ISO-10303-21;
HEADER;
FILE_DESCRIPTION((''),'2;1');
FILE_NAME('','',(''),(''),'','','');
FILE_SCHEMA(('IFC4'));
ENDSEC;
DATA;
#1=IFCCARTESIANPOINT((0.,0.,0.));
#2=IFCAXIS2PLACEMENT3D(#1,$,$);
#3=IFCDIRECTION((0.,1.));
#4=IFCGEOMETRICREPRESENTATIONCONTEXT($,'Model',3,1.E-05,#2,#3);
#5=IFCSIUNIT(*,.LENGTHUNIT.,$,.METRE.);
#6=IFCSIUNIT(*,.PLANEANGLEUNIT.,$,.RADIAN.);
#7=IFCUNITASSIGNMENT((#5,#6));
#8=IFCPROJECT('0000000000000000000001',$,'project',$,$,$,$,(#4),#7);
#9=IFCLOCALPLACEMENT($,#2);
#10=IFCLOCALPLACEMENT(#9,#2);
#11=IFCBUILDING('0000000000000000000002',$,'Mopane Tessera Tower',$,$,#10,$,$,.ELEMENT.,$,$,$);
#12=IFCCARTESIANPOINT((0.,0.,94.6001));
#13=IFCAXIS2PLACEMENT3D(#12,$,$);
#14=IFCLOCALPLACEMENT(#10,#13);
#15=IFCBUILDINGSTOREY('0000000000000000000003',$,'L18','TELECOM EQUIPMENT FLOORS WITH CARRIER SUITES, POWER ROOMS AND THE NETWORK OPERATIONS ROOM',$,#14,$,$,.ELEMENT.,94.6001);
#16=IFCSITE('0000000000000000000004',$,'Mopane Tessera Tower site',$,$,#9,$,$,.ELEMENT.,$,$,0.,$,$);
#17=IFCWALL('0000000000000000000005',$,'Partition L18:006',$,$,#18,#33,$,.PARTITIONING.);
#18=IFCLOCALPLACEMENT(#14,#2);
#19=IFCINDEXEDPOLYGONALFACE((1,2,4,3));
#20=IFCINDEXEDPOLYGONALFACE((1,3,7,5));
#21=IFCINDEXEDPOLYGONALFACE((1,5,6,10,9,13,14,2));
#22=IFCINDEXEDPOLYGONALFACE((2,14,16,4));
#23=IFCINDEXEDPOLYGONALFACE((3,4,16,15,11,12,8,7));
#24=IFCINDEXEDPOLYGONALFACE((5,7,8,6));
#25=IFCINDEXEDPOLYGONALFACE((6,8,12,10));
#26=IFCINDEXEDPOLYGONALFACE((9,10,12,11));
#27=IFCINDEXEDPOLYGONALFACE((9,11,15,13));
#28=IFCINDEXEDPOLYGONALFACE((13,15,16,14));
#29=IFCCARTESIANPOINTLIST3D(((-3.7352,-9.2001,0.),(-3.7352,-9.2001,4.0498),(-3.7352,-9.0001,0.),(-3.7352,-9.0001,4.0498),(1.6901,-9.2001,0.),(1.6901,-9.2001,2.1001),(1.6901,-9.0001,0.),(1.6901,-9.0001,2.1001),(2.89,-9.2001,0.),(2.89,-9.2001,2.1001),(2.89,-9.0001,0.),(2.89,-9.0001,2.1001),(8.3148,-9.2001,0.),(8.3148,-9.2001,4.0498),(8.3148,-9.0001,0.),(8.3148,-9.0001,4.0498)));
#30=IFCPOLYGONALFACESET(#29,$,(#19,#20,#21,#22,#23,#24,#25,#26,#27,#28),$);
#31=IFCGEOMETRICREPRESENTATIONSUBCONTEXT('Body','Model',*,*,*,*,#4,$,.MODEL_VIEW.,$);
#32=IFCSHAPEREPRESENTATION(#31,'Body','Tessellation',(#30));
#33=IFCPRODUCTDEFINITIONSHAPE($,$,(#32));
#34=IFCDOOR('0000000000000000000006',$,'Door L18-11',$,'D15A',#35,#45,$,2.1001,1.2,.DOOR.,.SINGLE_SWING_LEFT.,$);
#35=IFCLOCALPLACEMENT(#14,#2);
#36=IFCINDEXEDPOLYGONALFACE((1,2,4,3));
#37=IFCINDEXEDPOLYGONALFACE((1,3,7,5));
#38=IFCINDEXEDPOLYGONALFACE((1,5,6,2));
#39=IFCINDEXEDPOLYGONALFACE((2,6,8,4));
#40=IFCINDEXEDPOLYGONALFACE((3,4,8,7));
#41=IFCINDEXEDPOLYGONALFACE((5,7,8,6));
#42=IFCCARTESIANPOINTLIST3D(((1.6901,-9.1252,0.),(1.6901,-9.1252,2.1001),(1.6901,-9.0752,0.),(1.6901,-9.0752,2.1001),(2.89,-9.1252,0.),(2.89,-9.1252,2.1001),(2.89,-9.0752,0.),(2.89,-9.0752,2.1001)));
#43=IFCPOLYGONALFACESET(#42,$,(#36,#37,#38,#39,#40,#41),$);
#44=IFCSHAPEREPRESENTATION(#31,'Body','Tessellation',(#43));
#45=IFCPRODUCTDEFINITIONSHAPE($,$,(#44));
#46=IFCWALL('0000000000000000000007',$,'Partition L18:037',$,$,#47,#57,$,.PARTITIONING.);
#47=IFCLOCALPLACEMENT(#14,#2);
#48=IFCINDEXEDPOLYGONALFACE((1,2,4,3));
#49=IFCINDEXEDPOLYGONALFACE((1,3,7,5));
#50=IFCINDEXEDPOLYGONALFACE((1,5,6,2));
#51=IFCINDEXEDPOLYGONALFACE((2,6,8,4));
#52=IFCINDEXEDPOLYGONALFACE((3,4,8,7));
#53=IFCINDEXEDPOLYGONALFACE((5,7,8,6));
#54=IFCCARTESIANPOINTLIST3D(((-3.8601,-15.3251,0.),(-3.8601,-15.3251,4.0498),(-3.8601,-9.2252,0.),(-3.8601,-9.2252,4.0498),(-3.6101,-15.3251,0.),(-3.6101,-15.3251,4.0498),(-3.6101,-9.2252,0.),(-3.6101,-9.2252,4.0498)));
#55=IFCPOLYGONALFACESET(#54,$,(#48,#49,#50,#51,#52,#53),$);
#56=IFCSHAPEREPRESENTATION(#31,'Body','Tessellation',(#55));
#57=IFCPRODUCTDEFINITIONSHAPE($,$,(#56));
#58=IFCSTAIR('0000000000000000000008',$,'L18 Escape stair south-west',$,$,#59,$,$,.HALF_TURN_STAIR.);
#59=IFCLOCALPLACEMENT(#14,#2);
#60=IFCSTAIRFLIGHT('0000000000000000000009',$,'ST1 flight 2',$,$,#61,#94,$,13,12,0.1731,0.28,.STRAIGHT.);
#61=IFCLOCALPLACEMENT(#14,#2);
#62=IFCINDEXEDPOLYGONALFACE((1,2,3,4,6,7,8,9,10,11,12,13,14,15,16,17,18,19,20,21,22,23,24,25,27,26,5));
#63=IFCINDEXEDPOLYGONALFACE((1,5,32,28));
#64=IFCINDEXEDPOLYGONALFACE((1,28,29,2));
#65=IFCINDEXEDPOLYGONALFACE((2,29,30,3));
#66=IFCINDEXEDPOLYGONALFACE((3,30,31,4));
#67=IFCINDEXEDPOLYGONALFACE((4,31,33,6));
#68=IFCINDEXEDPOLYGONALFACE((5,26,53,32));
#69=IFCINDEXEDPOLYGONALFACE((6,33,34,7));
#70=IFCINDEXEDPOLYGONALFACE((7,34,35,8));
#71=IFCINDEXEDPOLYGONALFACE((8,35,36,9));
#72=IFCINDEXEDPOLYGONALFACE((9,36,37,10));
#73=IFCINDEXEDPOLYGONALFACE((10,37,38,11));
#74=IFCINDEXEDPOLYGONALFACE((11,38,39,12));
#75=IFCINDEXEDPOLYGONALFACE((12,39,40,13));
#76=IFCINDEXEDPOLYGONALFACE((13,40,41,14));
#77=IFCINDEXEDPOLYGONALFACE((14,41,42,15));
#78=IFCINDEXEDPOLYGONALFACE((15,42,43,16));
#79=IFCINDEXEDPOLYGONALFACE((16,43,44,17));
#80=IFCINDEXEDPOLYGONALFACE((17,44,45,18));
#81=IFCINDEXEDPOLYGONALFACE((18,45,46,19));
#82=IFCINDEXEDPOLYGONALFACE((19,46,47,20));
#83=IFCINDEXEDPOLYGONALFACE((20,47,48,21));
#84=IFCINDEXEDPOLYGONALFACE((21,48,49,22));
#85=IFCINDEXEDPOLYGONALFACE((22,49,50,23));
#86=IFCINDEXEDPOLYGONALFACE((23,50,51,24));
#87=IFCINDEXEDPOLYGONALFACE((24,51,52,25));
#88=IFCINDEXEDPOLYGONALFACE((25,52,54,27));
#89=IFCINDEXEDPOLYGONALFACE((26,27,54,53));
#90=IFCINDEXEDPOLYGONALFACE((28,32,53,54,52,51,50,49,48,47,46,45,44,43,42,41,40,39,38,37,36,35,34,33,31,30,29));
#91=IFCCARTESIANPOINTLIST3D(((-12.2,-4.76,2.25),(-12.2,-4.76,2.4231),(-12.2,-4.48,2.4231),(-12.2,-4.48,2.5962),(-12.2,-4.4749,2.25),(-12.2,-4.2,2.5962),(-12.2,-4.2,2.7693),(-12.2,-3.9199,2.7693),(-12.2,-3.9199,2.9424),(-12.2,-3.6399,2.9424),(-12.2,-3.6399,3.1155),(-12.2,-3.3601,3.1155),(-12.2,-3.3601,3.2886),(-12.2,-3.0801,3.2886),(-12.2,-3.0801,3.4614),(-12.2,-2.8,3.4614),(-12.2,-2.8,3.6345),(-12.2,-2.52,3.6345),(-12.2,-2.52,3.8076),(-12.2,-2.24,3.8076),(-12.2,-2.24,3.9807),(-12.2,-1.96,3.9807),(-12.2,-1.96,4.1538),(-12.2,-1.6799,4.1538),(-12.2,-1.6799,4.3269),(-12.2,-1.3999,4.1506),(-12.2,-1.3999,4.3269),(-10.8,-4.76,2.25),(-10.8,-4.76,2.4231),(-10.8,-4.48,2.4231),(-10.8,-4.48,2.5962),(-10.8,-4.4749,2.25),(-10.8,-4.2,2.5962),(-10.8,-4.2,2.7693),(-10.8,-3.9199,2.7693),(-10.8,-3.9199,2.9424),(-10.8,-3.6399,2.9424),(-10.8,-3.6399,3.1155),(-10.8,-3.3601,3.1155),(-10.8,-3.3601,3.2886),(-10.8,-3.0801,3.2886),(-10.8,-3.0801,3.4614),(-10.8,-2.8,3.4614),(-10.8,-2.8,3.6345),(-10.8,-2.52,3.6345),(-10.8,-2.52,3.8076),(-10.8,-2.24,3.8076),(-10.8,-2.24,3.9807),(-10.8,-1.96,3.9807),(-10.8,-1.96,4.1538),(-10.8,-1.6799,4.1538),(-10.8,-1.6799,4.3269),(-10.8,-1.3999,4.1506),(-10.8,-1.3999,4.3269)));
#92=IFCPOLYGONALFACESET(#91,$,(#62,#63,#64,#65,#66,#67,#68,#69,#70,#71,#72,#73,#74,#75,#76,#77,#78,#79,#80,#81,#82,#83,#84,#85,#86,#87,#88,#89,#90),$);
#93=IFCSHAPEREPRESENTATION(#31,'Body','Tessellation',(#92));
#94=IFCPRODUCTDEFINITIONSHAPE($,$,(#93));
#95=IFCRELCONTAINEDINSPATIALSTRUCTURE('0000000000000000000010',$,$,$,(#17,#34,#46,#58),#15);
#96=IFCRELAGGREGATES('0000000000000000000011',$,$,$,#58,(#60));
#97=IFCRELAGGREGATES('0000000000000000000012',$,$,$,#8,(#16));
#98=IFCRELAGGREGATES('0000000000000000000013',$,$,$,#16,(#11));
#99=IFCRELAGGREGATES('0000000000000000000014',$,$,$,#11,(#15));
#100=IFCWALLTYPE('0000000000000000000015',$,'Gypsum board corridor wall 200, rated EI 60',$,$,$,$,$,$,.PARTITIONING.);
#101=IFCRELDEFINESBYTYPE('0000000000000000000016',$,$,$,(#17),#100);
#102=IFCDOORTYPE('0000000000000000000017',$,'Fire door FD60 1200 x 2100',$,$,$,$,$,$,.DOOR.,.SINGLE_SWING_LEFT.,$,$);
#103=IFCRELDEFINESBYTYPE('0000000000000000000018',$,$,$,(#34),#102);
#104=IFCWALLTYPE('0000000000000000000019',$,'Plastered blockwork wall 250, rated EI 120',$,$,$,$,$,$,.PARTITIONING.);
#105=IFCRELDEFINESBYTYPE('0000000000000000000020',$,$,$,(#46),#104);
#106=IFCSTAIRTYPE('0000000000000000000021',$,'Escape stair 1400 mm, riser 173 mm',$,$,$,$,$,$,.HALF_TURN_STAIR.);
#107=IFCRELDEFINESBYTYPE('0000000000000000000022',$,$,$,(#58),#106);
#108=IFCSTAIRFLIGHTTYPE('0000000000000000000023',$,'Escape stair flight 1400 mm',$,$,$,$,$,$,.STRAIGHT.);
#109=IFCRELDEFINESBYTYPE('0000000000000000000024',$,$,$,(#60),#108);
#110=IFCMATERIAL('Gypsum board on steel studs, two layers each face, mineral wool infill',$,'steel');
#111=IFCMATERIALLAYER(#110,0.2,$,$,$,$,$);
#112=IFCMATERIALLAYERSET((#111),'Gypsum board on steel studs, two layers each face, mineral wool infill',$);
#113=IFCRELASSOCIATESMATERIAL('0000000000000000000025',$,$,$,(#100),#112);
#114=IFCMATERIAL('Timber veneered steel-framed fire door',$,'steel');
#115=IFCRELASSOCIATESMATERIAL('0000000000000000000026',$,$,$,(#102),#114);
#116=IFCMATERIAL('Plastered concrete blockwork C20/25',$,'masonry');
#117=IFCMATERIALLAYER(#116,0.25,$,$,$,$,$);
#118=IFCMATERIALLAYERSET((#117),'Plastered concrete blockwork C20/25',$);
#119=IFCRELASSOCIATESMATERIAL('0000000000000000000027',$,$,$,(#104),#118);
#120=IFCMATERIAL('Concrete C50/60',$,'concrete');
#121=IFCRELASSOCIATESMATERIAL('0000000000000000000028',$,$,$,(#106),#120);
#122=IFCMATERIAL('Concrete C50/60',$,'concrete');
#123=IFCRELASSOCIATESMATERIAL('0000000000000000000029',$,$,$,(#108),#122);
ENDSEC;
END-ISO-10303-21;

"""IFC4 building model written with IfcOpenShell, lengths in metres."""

from ifc_helpers import new_model, si_unit, direction, frame, frame_2d, origin, place, context, subcontext, project, spatial, polyline, rectangle, outline, extrude, material, layer, layer_set, type_object, element, fill, aggregate, save


model = new_model("IFC4")

# Units and contexts
model_context = context("Model", 3, precision=1e-05, world=origin(), true_north=direction((0.0, 1.0)))
body_context = subcontext(model_context, "Body", "Model", "MODEL_VIEW")
ifc_project = project(units=[si_unit("LENGTHUNIT", "METRE"), si_unit("PLANEANGLEUNIT", "RADIAN")], contexts=[model_context])

# Site, building, storey
site_placement = place(None, origin())
site = spatial("IfcSite", under=ifc_project, at=site_placement, Name="Mopane Tessera Tower site", CompositionType="ELEMENT", RefElevation=0.0)
building_placement = place(site_placement, origin())
building = spatial("IfcBuilding", under=site, at=building_placement, Name="Mopane Tessera Tower", CompositionType="ELEMENT")
storey_placement = place(building_placement, frame((0.0, 0.0, 94.6001)))
storey = spatial("IfcBuildingStorey", under=building, at=storey_placement, Name="L18", Description="TELECOM EQUIPMENT FLOORS WITH CARRIER SUITES, POWER ROOMS AND THE NETWORK OPERATIONS ROOM", CompositionType="ELEMENT", Elevation=94.6001)

# Shared definitions
ifc_material_1 = material(Name="Gypsum board on steel studs, two layers each face, mineral wool infill", Category="steel")
ifc_layer_1 = layer(ifc_material_1, 0.2)
ifc_layer_set_1 = layer_set([ifc_layer_1], Name="Gypsum board on steel studs, two layers each face, mineral wool infill")
wall_type_1 = type_object("IfcWallType", Name="Gypsum board corridor wall 200, rated EI 60", PredefinedType="PARTITIONING", material=ifc_layer_set_1)

# Wall, opening, door
wall_1_placement = place(storey_placement, frame((-3.7351, -9.1001, 0.0), z_axis=(0.0, 0.0, 1.0), x_axis=(1.0, 0.0, 0.0)))
wall_1 = element("IfcWall", 1, at=wall_1_placement, inside=storey, type_object=wall_type_1, Name="Partition L18:006", PredefinedType="PARTITIONING", context=body_context, shape_type="SweptSolid", body=[
    extrude(rectangle(XDim=12.05, YDim=0.2, at=frame_2d((6.0249, 0.0))), origin(), (0.0, 0.0, 1.0), 4.0498),
])
opening_1_placement = place(wall_1_placement, frame((5.425, 0.0, 0.0)))
opening_1 = element("IfcOpeningElement", 2, at=opening_1_placement, cuts=wall_1, PredefinedType="OPENING", context=body_context, shape_type="SweptSolid", body=[
    extrude(rectangle(XDim=1.2, YDim=2.1001, at=frame_2d((0.6001, 1.05))), frame((0.0, 0.1121, 0.0), z_axis=(0.0, -1.0, 0.0), x_axis=(1.0, 0.0, 0.0)), (0.0, 0.0, 1.0), 0.2239),
])
ifc_material_2 = material(Name="Timber veneered steel-framed fire door", Category="steel")
door_type_1 = type_object("IfcDoorType", Name="Fire door FD60 1200 x 2100", OperationType="SINGLE_SWING_LEFT", PredefinedType="DOOR", material=ifc_material_2)
door_1_placement = place(opening_1_placement, origin())
door_1 = element("IfcDoor", 3, at=door_1_placement, inside=storey, type_object=door_type_1, Name="Door L18-11", ObjectType="D15A", OperationType="SINGLE_SWING_LEFT", OverallHeight=2.1001, OverallWidth=1.2, PredefinedType="DOOR", context=body_context, shape_type="SweptSolid", body=[
    extrude(rectangle(XDim=1.2, YDim=2.1001, at=frame_2d((0.6001, 1.05))), frame((0.0, 0.0249, 0.0), z_axis=(0.0, -1.0, 0.0), x_axis=(1.0, 0.0, 0.0)), (0.0, 0.0, 1.0), 0.05),
])
fill(opening_1, door_1)

# Wall
ifc_material_3 = material(Name="Plastered concrete blockwork C20/25", Category="masonry")
ifc_layer_2 = layer(ifc_material_3, 0.25)
ifc_layer_set_2 = layer_set([ifc_layer_2], Name="Plastered concrete blockwork C20/25")
wall_type_2 = type_object("IfcWallType", Name="Plastered blockwork wall 250, rated EI 120", PredefinedType="PARTITIONING", material=ifc_layer_set_2)
wall_2_placement = place(storey_placement, frame((-3.7351, -15.325, 0.0), z_axis=(0.0, 0.0, 1.0), x_axis=(0.0, 1.0, 0.0)))
element("IfcWall", 4, at=wall_2_placement, inside=storey, type_object=wall_type_2, Name="Partition L18:037", PredefinedType="PARTITIONING", context=body_context, shape_type="SweptSolid", body=[
    extrude(rectangle(XDim=6.0999, YDim=0.25, at=frame_2d((3.0498, 0.0))), origin(), (0.0, 0.0, 1.0), 4.0498),
])

# Stair, stair flight
ifc_material_4 = material(Name="Concrete C50/60", Category="concrete")
stair_type = type_object("IfcStairType", Name="Escape stair 1400 mm, riser 173 mm", PredefinedType="HALF_TURN_STAIR", material=ifc_material_4)
stair_placement = place(storey_placement, origin())
stair = element("IfcStair", 5, at=stair_placement, inside=storey, type_object=stair_type, Name="L18 Escape stair south-west", PredefinedType="HALF_TURN_STAIR")
ifc_material_5 = material(Name="Concrete C50/60", Category="concrete")
stair_flight_type = type_object("IfcStairFlightType", Name="Escape stair flight 1400 mm", PredefinedType="STRAIGHT", material=ifc_material_5)
stair_flight_placement = place(storey_placement, frame((-11.5, -4.76, 2.25), z_axis=(0.0, 0.0, 1.0), x_axis=(0.0, 1.0, 0.0)))
stair_flight = element("IfcStairFlight", 6, at=stair_flight_placement, type_object=stair_flight_type, Name="ST1 flight 2", NumberOfRisers=13, NumberOfTreads=12, PredefinedType="STRAIGHT", RiserHeight=0.1731, TreadLength=0.28, context=body_context, shape_type="SweptSolid", body=[
    extrude(outline(polyline([(0.0, 0.0), (0.0, 0.1731), (0.28, 0.1731), (0.28, 0.3462), (0.5601, 0.3462), (0.5601, 0.5193), (0.8401, 0.5193), (0.8401, 0.6924), (1.1201, 0.6924), (1.1201, 0.8655), (1.3999, 0.8655), (1.3999, 1.0386), (1.6799, 1.0386), (1.6799, 1.2114), (1.96, 1.2114), (1.96, 1.3845), (2.24, 1.3845), (2.24, 1.5576), (2.52, 1.5576), (2.52, 1.7307), (2.8, 1.7307), (2.8, 1.9038), (3.0801, 1.9038), (3.0801, 2.0769), (3.3601, 2.0769), (3.3601, 2.25), (3.3601, 1.9006), (0.2852, 0.0), (0.0, 0.0)])), frame((0.0, 0.7, 0.0), z_axis=(0.0, -1.0, 0.0), x_axis=(1.0, 0.0, 0.0)), (0.0, 0.0, 1.0), 1.3999),
])
aggregate(stair, [stair_flight])

save(model, "model.ifc")
